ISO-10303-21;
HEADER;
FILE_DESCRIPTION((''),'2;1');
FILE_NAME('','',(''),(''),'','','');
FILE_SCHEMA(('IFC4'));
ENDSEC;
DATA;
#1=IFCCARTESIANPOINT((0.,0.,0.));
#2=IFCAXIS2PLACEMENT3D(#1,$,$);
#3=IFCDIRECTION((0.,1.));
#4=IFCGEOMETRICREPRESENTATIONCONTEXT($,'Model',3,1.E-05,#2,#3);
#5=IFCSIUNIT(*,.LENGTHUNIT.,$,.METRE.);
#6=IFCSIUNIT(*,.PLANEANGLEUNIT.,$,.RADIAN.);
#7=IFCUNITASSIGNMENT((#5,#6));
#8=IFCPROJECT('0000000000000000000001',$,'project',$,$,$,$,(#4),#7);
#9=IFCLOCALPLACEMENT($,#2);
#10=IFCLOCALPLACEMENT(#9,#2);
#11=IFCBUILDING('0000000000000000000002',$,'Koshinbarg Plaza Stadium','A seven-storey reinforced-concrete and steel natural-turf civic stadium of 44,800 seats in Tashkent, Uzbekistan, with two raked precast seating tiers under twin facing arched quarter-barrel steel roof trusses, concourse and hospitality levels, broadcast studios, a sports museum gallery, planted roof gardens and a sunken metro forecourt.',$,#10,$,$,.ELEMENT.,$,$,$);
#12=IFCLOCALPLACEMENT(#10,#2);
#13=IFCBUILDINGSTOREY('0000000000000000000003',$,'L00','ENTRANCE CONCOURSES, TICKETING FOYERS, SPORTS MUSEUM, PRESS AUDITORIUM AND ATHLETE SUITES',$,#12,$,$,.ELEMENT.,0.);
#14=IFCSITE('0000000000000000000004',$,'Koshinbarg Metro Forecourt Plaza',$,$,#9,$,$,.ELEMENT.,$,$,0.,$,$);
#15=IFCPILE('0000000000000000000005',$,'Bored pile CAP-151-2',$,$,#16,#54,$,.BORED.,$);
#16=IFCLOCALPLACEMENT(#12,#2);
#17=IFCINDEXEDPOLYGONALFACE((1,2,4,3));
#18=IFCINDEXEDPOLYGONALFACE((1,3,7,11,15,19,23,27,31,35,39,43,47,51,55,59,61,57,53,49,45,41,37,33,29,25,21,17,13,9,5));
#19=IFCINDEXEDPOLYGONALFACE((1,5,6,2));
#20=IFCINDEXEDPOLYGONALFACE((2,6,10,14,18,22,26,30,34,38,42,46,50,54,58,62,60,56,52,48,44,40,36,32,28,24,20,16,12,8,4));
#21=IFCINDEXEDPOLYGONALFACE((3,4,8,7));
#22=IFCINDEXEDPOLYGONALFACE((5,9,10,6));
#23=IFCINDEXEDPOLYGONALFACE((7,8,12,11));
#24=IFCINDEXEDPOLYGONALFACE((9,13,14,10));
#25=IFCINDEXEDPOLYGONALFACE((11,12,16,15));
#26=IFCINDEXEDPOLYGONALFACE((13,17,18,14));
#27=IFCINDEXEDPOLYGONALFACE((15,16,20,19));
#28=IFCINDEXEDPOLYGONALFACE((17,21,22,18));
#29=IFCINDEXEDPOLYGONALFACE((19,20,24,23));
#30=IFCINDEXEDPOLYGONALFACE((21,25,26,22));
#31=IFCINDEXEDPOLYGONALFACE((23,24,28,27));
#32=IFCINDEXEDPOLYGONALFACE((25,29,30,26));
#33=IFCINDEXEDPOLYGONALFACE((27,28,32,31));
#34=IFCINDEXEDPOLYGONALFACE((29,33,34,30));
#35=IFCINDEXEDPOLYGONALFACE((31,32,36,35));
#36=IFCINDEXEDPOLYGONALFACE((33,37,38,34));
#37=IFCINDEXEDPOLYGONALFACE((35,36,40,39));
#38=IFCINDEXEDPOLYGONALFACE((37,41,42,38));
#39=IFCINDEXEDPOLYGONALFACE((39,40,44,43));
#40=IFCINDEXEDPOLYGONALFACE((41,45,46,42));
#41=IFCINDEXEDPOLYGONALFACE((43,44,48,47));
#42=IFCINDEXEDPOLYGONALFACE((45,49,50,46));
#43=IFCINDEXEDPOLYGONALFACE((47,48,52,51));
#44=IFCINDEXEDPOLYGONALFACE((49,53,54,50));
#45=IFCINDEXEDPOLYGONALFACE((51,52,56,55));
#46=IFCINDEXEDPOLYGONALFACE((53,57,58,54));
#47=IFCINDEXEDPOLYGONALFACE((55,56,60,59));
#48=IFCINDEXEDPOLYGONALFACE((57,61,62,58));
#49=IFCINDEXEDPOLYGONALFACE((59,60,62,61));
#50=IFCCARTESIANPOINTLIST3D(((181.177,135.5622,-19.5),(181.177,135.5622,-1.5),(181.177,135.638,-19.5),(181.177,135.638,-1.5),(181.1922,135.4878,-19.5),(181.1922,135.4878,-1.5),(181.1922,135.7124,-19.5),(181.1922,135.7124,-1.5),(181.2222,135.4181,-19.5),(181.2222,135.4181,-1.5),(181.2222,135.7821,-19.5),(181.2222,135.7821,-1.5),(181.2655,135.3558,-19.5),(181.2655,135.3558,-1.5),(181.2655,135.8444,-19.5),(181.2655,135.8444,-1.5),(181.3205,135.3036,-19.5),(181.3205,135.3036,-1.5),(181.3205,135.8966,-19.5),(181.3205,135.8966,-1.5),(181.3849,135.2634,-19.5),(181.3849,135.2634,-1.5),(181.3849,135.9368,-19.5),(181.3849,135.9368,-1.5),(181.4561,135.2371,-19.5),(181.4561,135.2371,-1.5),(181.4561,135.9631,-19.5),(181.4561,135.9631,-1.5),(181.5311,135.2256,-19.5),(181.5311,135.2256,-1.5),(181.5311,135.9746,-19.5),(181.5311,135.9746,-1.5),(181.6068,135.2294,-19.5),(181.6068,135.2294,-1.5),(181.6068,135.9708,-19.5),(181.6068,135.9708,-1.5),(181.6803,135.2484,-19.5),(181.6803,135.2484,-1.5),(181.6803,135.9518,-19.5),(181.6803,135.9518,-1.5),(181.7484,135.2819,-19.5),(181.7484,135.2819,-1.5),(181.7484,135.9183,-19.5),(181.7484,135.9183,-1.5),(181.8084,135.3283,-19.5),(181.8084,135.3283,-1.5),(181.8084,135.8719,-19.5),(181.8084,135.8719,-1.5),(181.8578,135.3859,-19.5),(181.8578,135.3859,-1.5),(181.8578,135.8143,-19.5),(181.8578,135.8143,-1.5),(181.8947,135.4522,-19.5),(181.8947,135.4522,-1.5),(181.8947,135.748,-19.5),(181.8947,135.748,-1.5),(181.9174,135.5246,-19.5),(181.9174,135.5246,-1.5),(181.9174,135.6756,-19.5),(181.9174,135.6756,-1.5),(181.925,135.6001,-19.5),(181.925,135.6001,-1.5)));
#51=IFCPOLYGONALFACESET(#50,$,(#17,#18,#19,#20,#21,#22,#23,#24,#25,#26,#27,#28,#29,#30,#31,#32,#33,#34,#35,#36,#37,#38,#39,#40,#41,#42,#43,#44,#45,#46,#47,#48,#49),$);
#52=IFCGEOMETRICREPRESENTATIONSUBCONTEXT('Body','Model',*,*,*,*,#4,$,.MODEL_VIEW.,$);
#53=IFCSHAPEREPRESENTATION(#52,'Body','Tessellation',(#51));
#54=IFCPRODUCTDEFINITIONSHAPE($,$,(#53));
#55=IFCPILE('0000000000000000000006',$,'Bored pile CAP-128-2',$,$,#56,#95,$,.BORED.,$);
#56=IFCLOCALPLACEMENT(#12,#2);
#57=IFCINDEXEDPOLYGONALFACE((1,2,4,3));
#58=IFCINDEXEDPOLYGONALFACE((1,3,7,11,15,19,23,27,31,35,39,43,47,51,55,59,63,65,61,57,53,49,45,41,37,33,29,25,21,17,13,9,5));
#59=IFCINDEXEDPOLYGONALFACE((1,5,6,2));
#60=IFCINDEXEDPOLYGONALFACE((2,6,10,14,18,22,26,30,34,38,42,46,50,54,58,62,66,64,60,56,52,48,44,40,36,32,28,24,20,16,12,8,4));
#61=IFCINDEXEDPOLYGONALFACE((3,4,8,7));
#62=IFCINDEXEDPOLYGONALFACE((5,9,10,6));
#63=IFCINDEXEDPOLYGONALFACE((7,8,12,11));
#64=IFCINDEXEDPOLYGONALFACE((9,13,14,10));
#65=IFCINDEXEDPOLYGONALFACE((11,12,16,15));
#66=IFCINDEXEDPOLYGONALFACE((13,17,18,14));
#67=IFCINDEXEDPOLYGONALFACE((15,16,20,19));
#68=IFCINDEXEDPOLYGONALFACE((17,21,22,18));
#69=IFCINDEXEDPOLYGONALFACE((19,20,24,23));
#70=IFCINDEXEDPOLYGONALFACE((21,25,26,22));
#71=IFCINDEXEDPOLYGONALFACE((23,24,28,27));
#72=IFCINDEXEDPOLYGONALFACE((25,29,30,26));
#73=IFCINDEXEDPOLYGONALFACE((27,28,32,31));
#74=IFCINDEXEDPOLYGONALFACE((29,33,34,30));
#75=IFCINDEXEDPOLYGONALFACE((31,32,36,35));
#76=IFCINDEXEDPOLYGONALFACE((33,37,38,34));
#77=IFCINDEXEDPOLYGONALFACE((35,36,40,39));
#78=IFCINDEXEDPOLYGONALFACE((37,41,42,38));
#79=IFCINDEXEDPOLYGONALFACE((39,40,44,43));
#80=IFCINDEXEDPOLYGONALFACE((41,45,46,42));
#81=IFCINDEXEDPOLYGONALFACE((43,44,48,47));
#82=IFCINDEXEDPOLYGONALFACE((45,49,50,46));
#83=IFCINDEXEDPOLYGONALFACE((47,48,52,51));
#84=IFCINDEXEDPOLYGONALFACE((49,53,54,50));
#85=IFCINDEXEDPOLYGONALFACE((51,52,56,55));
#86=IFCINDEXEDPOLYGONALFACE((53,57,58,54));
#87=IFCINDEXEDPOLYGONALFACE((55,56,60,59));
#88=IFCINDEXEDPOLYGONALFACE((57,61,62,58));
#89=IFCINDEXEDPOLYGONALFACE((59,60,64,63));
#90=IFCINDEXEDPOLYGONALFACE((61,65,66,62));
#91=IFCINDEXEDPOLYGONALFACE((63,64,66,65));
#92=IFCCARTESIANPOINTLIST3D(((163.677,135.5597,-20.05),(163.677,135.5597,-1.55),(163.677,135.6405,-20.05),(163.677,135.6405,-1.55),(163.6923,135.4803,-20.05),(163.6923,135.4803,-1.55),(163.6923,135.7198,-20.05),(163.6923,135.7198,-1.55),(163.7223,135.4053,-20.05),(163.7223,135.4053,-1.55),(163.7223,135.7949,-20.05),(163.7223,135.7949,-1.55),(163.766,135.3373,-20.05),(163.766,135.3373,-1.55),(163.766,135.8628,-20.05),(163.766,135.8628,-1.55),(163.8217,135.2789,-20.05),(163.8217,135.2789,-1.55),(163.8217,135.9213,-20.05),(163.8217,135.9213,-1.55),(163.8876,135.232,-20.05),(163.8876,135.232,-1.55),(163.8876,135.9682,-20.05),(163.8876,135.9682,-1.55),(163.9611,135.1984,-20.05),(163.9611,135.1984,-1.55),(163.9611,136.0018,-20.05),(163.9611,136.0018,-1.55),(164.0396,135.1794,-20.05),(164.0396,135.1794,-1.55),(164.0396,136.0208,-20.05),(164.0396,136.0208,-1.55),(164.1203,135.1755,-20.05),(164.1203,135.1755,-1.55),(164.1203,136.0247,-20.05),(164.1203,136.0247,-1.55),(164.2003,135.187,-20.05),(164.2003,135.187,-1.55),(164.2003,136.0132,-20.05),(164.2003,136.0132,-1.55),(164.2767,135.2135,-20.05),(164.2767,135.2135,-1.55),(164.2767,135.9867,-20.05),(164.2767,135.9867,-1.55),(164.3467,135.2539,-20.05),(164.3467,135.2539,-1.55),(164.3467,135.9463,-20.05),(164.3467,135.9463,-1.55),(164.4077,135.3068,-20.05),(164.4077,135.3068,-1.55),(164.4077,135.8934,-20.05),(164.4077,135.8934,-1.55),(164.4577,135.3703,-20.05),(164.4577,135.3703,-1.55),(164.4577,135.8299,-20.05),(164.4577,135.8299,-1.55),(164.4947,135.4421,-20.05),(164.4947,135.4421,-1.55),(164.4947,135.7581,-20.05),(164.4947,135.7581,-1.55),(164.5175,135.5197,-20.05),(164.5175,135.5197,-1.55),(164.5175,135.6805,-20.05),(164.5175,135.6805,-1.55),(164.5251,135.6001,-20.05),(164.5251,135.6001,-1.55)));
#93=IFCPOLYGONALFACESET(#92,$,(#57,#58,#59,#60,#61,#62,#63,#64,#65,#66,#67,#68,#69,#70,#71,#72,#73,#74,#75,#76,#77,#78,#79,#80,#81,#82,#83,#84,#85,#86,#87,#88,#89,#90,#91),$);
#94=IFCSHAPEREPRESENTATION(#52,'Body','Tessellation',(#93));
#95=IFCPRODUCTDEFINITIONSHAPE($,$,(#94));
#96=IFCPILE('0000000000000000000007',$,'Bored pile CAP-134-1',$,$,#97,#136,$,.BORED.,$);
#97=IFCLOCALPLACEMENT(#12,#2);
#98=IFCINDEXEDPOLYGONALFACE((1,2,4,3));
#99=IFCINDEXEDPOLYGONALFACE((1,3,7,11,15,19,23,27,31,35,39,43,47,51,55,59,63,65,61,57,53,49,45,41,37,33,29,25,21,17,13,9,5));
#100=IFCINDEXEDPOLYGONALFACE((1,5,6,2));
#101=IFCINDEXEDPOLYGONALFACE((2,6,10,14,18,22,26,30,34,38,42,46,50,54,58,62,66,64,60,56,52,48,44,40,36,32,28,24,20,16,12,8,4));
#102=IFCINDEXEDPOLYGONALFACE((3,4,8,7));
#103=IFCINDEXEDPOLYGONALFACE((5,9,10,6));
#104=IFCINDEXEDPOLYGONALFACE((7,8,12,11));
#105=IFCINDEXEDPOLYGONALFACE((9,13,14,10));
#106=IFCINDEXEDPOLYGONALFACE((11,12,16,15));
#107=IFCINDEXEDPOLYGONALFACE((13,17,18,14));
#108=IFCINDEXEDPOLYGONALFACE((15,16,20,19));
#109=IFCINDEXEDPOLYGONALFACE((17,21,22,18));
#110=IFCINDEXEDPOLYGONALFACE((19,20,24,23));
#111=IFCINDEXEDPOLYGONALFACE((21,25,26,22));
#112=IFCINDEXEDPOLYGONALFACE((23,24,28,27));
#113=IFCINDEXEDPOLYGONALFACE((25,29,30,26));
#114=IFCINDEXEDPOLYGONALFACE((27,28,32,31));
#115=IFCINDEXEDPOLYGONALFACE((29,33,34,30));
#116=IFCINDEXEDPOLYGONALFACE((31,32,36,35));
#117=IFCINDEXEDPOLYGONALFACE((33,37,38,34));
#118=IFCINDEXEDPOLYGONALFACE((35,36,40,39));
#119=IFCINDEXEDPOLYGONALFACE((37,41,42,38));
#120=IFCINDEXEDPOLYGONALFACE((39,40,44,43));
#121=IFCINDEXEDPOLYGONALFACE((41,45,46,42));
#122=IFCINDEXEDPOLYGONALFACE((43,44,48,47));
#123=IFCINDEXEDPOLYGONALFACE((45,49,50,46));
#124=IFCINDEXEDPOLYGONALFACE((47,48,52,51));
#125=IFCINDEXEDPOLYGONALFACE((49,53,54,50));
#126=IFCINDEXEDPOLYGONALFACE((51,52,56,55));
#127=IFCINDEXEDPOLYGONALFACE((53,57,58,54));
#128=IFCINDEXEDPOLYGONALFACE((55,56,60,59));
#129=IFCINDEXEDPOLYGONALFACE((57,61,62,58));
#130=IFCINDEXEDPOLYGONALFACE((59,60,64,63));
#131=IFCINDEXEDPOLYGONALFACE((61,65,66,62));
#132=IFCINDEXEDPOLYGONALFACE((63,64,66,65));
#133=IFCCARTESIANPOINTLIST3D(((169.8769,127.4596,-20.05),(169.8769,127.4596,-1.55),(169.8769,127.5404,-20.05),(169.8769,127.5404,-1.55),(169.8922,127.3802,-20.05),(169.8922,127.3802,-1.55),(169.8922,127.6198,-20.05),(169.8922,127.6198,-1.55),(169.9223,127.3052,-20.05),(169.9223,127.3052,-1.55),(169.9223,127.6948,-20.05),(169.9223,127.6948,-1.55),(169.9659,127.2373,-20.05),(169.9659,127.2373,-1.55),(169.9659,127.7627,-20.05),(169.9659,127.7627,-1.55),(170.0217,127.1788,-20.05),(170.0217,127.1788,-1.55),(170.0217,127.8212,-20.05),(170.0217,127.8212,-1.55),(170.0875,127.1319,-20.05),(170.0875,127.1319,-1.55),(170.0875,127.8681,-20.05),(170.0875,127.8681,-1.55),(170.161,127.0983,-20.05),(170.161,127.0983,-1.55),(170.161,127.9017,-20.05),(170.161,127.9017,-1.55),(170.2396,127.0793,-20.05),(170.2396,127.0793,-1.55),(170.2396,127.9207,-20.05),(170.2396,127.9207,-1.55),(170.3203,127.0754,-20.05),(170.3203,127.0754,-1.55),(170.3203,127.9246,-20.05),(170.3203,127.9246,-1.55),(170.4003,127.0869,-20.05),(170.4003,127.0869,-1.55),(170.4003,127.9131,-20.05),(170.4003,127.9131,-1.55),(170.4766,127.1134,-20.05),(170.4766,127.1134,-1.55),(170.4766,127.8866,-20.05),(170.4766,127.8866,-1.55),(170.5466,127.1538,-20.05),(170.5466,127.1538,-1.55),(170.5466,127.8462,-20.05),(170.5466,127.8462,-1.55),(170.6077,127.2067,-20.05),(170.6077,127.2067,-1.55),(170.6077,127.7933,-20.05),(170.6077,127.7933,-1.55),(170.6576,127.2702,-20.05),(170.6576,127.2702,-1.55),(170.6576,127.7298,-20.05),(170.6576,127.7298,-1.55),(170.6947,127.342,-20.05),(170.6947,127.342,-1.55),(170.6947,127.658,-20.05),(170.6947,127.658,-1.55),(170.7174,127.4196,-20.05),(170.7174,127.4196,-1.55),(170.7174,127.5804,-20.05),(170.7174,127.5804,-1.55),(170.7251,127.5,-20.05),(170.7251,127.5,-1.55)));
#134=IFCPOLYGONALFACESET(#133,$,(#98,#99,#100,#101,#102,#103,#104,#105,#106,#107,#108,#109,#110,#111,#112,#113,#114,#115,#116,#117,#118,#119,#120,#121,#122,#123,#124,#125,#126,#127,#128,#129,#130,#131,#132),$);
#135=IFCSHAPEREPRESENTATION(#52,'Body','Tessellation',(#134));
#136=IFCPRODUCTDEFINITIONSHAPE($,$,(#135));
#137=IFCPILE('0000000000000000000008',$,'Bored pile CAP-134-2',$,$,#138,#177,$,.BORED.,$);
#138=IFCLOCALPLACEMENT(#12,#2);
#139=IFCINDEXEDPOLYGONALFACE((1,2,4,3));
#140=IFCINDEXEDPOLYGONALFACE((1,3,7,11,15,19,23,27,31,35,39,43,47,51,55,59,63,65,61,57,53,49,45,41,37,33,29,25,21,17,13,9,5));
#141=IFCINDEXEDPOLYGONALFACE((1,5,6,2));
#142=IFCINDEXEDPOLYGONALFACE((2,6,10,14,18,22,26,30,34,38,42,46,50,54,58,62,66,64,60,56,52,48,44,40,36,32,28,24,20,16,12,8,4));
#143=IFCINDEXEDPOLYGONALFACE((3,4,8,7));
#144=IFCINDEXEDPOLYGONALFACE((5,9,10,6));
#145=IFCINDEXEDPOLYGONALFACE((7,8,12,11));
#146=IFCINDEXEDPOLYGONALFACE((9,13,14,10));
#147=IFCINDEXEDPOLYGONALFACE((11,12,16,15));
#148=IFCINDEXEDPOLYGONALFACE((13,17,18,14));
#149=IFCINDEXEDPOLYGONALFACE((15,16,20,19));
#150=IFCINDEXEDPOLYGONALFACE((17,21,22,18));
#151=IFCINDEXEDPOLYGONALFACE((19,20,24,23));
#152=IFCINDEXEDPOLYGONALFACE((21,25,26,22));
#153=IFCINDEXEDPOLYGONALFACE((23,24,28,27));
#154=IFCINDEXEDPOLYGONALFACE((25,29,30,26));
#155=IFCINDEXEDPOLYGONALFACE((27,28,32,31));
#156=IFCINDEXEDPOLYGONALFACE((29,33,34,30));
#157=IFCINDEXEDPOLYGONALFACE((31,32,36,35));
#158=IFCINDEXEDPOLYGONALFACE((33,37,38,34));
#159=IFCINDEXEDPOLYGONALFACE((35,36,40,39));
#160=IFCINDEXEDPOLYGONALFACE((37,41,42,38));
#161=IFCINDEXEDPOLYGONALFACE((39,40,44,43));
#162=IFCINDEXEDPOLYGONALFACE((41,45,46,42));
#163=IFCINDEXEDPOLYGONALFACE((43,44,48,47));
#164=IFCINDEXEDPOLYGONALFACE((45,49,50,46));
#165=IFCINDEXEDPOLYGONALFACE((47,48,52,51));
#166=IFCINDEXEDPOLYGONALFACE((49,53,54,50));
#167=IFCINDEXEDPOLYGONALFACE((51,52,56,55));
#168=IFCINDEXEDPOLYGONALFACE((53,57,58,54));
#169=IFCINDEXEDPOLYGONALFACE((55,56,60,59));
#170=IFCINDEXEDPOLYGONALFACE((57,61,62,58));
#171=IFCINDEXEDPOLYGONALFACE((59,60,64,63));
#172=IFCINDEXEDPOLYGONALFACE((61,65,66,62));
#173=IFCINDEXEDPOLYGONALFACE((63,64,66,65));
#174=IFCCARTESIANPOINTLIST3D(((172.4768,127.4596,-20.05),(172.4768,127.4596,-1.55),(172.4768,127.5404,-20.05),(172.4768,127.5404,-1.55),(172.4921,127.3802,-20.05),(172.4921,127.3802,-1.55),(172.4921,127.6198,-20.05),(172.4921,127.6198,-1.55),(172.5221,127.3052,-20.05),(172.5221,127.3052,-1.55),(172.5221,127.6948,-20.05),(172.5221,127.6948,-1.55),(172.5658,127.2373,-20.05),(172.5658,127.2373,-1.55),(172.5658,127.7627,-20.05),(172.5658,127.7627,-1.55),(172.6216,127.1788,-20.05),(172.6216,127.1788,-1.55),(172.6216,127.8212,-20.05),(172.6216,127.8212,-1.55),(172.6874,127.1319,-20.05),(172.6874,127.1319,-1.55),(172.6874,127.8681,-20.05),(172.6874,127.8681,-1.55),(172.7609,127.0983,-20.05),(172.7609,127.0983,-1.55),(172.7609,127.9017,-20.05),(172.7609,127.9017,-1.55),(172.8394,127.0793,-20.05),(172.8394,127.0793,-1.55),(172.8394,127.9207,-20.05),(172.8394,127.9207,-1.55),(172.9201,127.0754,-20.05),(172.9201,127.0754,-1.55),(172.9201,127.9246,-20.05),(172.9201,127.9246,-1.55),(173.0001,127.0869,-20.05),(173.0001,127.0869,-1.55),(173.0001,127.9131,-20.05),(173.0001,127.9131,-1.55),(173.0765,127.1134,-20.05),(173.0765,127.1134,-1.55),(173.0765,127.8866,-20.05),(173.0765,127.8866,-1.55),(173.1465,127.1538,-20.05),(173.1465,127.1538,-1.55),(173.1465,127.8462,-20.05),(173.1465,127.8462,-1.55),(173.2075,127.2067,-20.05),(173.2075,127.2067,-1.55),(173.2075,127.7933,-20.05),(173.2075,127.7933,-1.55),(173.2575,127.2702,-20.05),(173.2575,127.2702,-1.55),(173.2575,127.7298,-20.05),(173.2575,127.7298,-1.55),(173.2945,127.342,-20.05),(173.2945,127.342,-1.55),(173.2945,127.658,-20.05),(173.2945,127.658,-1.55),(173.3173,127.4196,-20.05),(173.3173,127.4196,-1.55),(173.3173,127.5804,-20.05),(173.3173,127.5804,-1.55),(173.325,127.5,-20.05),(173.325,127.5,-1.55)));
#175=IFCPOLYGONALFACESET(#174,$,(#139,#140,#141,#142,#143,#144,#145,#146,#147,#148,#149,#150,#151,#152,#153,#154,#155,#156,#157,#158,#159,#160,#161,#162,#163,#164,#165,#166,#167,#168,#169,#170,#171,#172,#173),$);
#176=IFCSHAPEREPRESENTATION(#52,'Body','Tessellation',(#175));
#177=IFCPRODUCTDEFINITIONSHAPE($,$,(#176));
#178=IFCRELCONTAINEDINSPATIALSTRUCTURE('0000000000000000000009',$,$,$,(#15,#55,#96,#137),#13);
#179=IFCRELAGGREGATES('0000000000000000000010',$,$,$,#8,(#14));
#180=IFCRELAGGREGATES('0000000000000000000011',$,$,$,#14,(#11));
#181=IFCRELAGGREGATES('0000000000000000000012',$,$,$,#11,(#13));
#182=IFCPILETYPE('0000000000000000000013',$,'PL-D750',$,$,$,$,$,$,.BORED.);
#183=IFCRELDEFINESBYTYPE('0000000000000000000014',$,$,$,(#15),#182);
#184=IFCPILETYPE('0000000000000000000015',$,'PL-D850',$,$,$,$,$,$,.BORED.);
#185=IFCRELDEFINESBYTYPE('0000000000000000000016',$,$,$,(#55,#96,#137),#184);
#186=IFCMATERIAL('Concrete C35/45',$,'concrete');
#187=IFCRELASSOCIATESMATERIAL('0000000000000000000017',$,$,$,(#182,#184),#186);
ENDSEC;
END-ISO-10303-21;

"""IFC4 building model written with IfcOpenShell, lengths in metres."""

from ifc_helpers import new_model, si_unit, direction, frame, origin, origin_2d, place, context, subcontext, project, spatial, circle, extrude, material, material_profile, profile_set, type_object, element, save


model = new_model("IFC4")

# Units and contexts
model_context = context("Model", 3, precision=1e-05, world=origin(), true_north=direction((0.0, 1.0)))
body_context = subcontext(model_context, "Body", "Model", "MODEL_VIEW")
ifc_project = project(units=[si_unit("LENGTHUNIT", "METRE"), si_unit("PLANEANGLEUNIT", "RADIAN")], contexts=[model_context])

# Site, building, storey
site_placement = place(None, origin())
site = spatial("IfcSite", under=ifc_project, at=site_placement, Name="Koshinbarg Metro Forecourt Plaza", CompositionType="ELEMENT", RefElevation=0.0)
building_placement = place(site_placement, origin())
building = spatial("IfcBuilding", under=site, at=building_placement, Name="Koshinbarg Plaza Stadium", Description="A seven-storey reinforced-concrete and steel natural-turf civic stadium of 44,800 seats in Tashkent, Uzbekistan, with two raked precast seating tiers under twin facing arched quarter-barrel steel roof trusses, concourse and hospitality levels, broadcast studios, a sports museum gallery, planted roof gardens and a sunken metro forecourt.", CompositionType="ELEMENT")
storey_placement = place(building_placement, origin())
storey = spatial("IfcBuildingStorey", under=building, at=storey_placement, Name="L00", Description="ENTRANCE CONCOURSES, TICKETING FOYERS, SPORTS MUSEUM, PRESS AUDITORIUM AND ATHLETE SUITES", CompositionType="ELEMENT", Elevation=0.0)

# Shared definitions
ifc_material_1 = material(Name="Concrete C35/45", Category="concrete")

# Piles
ifc_material_profile_1 = material_profile(ifc_material_1, circle(Radius=0.375, at=origin_2d()), Name="PILE D750")
ifc_profile_set_1 = profile_set([ifc_material_profile_1], Name="Concrete C35/45")
pile_type_1 = type_object("IfcPileType", Name="PL-D750", PredefinedType="BORED", material=ifc_profile_set_1)
for number, where, z_axis, x_axis, name in (
    (1, (181.55, 135.6001, -1.5), (0.0, 0.0, -1.0), (1.0, 0.0, 0.0), "Bored pile CAP-151-2"),
):
    element("IfcPile", number, at=place(storey_placement, frame(where, z_axis=z_axis, x_axis=x_axis)), inside=storey, type_object=pile_type_1, Name=name, PredefinedType="BORED", context=body_context, shape_type="SweptSolid", body=[
        extrude(circle(Radius=0.375, at=origin_2d()), origin(), (0.0, 0.0, 1.0), 18.0),
    ])
ifc_material_profile_2 = material_profile(ifc_material_1, circle(Radius=0.425, at=origin_2d()), Name="PILE D850")
ifc_profile_set_2 = profile_set([ifc_material_profile_2], Name="Concrete C35/45")
pile_type_2 = type_object("IfcPileType", Name="PL-D850", PredefinedType="BORED", material=ifc_profile_set_2)
for number, where, z_axis, x_axis, name in (
    (2, (164.1001, 135.6001, -1.55), (0.0, 0.0, -1.0), (1.0, 0.0, 0.0), "Bored pile CAP-128-2"),
    (3, (170.3, 127.5, -1.55), (0.0, 0.0, -1.0), (1.0, 0.0, 0.0), "Bored pile CAP-134-1"),
    (4, (172.8999, 127.5, -1.55), (0.0, 0.0, -1.0), (1.0, 0.0, 0.0), "Bored pile CAP-134-2"),
):
    element("IfcPile", number, at=place(storey_placement, frame(where, z_axis=z_axis, x_axis=x_axis)), inside=storey, type_object=pile_type_2, Name=name, PredefinedType="BORED", context=body_context, shape_type="SweptSolid", body=[
        extrude(circle(Radius=0.425, at=origin_2d()), origin(), (0.0, 0.0, 1.0), 18.5),
    ])

save(model, "model.ifc")
